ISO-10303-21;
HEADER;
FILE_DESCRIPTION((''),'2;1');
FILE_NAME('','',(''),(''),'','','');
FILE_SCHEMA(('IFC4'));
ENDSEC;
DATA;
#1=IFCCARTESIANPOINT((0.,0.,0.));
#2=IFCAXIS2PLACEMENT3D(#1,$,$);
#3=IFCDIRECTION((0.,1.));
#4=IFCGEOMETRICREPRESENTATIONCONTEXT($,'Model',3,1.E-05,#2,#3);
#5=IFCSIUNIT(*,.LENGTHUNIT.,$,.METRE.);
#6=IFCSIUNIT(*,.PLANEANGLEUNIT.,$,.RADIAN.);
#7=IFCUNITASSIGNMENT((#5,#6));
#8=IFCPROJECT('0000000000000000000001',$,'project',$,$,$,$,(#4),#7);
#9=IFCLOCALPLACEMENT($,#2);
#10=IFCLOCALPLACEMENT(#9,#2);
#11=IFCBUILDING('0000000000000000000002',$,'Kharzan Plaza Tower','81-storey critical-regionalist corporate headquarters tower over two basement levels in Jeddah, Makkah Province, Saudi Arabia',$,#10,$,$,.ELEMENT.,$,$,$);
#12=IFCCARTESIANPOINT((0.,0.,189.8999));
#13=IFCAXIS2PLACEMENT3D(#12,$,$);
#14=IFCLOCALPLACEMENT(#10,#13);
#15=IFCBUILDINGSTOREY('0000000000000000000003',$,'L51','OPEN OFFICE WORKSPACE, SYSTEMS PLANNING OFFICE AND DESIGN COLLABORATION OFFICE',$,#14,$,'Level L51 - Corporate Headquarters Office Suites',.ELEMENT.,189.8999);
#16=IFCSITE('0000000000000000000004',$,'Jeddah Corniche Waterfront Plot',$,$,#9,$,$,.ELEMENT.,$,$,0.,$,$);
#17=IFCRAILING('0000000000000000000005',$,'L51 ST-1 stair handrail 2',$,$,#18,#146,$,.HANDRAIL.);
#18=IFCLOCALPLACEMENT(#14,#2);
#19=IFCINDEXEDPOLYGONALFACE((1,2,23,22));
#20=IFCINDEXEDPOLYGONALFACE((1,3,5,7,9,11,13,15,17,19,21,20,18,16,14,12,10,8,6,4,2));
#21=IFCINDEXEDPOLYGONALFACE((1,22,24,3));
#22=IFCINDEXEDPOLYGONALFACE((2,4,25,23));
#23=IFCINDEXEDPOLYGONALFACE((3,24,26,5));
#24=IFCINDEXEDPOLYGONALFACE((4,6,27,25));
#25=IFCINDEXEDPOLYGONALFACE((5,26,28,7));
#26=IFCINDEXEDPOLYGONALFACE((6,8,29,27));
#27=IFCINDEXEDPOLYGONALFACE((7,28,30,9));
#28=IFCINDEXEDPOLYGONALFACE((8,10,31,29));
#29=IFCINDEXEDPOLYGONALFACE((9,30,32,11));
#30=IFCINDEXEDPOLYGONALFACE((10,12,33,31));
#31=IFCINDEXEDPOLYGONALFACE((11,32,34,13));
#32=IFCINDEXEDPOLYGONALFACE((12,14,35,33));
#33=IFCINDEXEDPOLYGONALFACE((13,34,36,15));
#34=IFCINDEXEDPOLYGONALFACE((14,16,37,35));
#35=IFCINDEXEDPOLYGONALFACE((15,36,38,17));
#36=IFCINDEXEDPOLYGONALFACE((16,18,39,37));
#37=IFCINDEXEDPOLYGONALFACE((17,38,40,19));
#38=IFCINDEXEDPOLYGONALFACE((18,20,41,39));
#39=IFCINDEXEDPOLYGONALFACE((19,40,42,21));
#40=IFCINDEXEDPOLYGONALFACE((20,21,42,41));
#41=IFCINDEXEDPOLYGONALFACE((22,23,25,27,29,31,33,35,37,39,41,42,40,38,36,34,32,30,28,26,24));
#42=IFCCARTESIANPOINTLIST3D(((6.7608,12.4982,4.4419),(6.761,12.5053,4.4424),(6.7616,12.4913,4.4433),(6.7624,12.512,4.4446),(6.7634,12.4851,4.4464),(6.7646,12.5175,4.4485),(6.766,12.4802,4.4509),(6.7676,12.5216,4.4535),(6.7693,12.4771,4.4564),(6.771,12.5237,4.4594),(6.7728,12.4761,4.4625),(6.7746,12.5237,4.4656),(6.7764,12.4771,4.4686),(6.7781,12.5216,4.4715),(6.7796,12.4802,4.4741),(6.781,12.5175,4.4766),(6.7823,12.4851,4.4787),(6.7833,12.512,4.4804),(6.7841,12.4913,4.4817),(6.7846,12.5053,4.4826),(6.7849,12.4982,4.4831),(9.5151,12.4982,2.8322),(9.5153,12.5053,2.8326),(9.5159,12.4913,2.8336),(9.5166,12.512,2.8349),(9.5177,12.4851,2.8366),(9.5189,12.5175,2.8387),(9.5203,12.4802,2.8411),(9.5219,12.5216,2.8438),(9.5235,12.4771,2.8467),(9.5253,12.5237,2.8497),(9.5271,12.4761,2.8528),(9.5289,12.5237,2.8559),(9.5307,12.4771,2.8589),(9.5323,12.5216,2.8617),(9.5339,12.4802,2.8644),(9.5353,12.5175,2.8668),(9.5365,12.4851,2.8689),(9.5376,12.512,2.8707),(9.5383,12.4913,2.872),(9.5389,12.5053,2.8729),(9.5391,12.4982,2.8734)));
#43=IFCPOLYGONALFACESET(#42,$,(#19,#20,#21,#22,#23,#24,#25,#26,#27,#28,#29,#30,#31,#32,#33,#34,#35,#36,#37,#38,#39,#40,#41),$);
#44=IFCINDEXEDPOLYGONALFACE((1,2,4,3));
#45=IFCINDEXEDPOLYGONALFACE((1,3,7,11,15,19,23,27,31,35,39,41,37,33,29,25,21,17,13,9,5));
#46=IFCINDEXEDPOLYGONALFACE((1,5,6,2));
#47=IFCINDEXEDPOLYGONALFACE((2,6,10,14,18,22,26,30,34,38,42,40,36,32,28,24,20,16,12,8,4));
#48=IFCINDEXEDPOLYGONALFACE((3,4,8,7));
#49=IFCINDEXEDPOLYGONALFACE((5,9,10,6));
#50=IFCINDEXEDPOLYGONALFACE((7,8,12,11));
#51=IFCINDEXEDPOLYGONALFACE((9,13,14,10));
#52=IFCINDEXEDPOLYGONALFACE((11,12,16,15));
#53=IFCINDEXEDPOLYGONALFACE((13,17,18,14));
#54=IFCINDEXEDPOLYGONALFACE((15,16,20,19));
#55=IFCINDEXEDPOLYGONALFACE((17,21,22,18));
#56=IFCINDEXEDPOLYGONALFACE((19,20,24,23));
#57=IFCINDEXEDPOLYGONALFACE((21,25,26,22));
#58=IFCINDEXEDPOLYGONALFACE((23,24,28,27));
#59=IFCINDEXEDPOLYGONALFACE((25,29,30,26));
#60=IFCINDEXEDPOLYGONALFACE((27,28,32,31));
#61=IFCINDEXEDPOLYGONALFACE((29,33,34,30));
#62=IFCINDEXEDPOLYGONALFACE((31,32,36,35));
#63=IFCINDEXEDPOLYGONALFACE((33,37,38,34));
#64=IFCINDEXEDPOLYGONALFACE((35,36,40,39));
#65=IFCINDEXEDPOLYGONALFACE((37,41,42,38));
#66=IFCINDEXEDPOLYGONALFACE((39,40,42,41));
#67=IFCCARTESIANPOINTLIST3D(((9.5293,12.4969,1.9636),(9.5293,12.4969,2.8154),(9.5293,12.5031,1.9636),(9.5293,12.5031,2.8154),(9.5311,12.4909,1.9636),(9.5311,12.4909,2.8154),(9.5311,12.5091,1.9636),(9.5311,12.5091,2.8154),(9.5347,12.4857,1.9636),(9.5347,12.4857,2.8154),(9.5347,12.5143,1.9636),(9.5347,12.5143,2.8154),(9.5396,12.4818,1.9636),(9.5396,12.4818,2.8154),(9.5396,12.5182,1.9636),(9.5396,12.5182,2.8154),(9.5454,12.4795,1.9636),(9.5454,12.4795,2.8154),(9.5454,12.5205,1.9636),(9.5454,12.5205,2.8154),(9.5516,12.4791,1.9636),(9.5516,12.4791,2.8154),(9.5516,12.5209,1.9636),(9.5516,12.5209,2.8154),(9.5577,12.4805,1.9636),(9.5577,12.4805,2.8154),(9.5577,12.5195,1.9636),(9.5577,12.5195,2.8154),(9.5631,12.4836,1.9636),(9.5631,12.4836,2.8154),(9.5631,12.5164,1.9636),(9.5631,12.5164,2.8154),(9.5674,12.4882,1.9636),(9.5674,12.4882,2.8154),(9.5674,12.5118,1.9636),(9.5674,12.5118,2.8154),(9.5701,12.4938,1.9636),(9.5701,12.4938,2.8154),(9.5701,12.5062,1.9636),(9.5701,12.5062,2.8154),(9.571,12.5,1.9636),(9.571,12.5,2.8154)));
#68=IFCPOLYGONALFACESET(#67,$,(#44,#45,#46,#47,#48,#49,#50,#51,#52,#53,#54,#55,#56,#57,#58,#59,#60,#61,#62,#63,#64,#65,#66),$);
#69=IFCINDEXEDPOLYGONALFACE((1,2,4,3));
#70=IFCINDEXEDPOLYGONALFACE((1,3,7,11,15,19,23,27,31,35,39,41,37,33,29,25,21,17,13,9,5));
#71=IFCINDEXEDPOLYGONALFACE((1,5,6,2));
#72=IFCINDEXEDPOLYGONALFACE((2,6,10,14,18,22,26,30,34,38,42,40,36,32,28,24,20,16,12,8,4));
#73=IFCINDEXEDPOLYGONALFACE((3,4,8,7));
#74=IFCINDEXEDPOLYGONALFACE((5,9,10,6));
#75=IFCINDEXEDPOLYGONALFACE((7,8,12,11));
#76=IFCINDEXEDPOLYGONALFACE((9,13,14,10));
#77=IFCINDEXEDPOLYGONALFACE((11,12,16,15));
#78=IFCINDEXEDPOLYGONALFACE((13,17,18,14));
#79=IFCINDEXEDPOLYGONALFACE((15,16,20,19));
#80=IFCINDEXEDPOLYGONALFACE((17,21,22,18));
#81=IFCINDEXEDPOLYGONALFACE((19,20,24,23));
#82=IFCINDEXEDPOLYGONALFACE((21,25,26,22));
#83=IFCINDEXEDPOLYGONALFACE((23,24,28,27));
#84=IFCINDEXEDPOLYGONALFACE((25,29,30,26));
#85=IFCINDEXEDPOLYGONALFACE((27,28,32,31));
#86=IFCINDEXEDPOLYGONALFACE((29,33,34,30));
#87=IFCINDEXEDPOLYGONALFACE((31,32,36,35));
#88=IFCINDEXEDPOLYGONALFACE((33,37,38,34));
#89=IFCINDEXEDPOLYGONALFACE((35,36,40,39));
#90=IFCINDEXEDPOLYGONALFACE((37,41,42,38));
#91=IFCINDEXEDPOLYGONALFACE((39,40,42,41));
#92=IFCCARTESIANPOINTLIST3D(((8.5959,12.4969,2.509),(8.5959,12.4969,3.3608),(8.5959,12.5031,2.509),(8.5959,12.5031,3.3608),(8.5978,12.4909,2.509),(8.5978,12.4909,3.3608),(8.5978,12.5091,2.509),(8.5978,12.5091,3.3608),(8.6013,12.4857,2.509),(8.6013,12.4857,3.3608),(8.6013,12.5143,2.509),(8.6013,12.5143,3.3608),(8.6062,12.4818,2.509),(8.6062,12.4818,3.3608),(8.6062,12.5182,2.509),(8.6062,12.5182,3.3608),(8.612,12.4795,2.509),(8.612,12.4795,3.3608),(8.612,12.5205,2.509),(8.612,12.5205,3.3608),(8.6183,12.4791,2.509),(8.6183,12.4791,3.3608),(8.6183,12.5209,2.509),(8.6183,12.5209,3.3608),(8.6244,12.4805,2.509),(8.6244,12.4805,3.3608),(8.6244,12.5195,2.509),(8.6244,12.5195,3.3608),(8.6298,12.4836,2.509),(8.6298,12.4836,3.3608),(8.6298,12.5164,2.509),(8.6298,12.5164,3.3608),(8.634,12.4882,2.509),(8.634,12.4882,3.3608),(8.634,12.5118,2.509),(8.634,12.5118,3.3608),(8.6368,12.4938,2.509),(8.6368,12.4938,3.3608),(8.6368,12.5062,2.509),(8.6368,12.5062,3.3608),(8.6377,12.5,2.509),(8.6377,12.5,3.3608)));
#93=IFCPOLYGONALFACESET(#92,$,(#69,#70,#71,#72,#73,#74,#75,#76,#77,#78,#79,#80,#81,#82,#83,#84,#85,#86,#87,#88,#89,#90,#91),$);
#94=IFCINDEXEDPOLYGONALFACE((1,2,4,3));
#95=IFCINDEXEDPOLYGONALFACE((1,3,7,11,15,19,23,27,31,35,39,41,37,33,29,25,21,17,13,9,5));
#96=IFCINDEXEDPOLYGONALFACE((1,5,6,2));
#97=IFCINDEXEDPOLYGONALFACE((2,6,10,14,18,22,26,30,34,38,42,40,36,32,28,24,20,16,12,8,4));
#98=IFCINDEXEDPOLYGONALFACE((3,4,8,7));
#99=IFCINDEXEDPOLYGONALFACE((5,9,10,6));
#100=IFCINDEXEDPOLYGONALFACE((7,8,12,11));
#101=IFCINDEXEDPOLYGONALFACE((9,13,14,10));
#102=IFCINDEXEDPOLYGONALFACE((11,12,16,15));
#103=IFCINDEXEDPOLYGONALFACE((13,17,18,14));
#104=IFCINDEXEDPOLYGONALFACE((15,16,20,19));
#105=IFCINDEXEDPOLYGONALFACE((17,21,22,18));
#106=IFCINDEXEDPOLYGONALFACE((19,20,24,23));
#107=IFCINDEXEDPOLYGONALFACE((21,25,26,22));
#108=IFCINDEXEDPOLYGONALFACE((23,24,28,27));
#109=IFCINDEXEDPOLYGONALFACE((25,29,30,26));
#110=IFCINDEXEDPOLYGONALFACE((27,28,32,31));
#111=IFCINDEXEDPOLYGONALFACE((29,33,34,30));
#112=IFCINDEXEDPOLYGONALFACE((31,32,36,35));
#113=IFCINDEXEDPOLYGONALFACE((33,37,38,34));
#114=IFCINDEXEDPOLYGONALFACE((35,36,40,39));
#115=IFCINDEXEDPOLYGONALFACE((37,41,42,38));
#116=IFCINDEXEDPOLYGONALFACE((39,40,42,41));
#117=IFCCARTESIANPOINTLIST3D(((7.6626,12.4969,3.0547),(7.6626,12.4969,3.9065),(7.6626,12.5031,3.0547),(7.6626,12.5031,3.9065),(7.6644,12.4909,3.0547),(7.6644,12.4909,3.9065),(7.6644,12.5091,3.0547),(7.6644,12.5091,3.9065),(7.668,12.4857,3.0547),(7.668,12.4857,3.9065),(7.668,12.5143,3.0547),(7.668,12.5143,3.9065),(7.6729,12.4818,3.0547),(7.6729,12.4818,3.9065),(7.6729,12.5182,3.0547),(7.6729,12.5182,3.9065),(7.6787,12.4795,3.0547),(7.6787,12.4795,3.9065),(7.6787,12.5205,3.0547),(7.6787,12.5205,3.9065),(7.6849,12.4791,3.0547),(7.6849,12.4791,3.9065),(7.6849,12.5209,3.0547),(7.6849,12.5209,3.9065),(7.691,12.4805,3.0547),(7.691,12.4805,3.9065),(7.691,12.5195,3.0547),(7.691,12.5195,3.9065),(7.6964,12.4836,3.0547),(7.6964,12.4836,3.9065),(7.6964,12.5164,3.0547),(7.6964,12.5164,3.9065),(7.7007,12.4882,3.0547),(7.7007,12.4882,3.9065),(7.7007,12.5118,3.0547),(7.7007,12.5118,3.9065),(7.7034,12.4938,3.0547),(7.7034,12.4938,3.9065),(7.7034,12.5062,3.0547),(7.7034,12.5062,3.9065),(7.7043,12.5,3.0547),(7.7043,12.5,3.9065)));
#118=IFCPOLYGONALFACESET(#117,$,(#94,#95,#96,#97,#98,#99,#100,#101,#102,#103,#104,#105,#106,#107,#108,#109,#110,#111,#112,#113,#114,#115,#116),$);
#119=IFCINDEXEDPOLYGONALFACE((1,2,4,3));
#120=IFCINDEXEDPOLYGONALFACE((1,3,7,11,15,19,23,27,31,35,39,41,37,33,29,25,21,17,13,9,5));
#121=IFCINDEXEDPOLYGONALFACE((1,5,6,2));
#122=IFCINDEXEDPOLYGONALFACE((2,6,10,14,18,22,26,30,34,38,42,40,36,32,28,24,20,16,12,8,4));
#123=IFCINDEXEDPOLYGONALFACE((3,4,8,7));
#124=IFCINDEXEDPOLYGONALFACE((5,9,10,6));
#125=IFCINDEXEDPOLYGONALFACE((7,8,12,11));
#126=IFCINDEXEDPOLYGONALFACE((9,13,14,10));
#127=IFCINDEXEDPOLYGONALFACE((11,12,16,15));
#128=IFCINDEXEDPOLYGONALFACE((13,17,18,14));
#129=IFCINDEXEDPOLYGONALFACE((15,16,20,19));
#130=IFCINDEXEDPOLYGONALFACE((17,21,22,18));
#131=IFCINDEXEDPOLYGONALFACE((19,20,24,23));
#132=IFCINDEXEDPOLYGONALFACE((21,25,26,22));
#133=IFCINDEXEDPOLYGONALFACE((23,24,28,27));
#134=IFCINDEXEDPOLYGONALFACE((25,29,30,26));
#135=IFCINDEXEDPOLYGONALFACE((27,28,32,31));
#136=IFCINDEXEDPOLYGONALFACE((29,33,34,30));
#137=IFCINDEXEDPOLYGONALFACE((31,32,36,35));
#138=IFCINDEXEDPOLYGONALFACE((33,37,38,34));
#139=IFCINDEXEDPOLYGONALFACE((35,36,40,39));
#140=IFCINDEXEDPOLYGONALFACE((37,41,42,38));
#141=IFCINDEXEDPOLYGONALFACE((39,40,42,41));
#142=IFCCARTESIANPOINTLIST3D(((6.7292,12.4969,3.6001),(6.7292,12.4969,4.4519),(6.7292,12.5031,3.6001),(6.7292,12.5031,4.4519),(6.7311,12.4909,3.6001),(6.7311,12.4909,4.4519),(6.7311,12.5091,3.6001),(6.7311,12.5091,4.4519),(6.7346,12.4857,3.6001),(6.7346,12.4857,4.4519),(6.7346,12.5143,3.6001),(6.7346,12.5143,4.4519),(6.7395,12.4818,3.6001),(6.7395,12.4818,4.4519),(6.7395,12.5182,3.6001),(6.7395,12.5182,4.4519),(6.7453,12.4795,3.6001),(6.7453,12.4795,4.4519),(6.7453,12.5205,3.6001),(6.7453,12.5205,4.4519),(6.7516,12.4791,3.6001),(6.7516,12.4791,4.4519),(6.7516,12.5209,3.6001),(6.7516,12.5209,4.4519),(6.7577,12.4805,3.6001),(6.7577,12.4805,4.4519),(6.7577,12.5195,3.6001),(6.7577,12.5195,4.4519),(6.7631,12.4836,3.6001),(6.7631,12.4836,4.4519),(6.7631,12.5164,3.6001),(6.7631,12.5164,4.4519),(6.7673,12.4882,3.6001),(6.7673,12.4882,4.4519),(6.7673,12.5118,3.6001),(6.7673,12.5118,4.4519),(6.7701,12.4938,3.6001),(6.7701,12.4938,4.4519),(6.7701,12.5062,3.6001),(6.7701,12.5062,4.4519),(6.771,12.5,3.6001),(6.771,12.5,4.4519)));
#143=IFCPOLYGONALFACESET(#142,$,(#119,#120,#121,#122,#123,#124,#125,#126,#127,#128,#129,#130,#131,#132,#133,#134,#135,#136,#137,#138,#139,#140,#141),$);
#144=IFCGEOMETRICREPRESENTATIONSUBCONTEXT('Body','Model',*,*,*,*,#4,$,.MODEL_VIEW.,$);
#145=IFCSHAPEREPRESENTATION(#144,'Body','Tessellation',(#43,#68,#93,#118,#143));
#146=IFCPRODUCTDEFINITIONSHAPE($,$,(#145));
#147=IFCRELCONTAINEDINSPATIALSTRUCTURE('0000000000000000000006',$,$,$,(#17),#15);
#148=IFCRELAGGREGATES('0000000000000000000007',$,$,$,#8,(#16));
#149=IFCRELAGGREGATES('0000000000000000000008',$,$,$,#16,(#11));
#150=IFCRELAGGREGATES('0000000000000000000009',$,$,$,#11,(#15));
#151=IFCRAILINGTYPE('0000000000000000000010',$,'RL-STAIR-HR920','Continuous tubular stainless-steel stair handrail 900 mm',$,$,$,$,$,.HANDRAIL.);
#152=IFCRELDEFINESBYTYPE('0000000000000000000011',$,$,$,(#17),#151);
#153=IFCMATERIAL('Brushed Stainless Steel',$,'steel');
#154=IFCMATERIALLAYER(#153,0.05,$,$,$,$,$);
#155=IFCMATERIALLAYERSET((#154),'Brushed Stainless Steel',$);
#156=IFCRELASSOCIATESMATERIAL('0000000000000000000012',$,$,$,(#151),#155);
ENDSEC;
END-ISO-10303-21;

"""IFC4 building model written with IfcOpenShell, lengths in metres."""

from ifc_helpers import new_model, si_unit, direction, frame, origin, origin_2d, place, context, subcontext, project, spatial, circle, extrude, source, transform, mapped, material, layer, layer_set, type_object, element, save


model = new_model("IFC4")

# Units and contexts
model_context = context("Model", 3, precision=1e-05, world=origin(), true_north=direction((0.0, 1.0)))
body_context = subcontext(model_context, "Body", "Model", "MODEL_VIEW")
ifc_project = project(units=[si_unit("LENGTHUNIT", "METRE"), si_unit("PLANEANGLEUNIT", "RADIAN")], contexts=[model_context])

# Site, building, storey
site_placement = place(None, origin())
site = spatial("IfcSite", under=ifc_project, at=site_placement, Name="Jeddah Corniche Waterfront Plot", CompositionType="ELEMENT", RefElevation=0.0)
building_placement = place(site_placement, origin())
building = spatial("IfcBuilding", under=site, at=building_placement, Name="Kharzan Plaza Tower", Description="81-storey critical-regionalist corporate headquarters tower over two basement levels in Jeddah, Makkah Province, Saudi Arabia", CompositionType="ELEMENT")
storey_placement = place(building_placement, frame((0.0, 0.0, 189.8999)))
storey = spatial("IfcBuildingStorey", under=building, at=storey_placement, Name="L51", Description="OPEN OFFICE WORKSPACE, SYSTEMS PLANNING OFFICE AND DESIGN COLLABORATION OFFICE", LongName="Level L51 - Corporate Headquarters Office Suites", CompositionType="ELEMENT", Elevation=189.8999)

# Shared definitions
ifc_material_1 = material(Name="Brushed Stainless Steel", Category="steel")

# Railing
ifc_layer_1 = layer(ifc_material_1, 0.05)
ifc_layer_set_1 = layer_set([ifc_layer_1], Name="Brushed Stainless Steel")
railing_type_1 = type_object("IfcRailingType", Name="RL-STAIR-HR920", Description="Continuous tubular stainless-steel stair handrail 900 mm", PredefinedType="HANDRAIL", material=ifc_layer_set_1)
shared_shape_1 = source(origin(), body_context, "Body", "SweptSolid", [
    extrude(circle(Radius=0.0239, at=origin_2d()), frame((-0.0229, 0.0, 0.8892), z_axis=(-0.863361, 0.0, 0.504587), x_axis=(0.0, -1.0, 0.0)), (0.0, 0.0, 1.0), 3.1902),
    extrude(circle(Radius=0.021, at=origin_2d()), origin(), (0.0, 0.0, 1.0), 0.8518),
    extrude(circle(Radius=0.021, at=origin_2d()), frame((-0.9333, 0.0, 0.5454)), (0.0, 0.0, 1.0), 0.8518),
    extrude(circle(Radius=0.021, at=origin_2d()), frame((-1.8667, 0.0, 1.0911)), (0.0, 0.0, 1.0), 0.8518),
    extrude(circle(Radius=0.021, at=origin_2d()), frame((-2.8, 0.0, 1.6365)), (0.0, 0.0, 1.0), 0.8518),
])
railing_1_placement = place(storey_placement, frame((9.55, 12.5, 1.9636)))
element("IfcRailing", 1, at=railing_1_placement, inside=storey, type_object=railing_type_1, Name="L51 ST-1 stair handrail 2", PredefinedType="HANDRAIL", context=body_context, shape_type="MappedRepresentation", body=[
    mapped(shared_shape_1, transform((0.0, 0.0, 0.0), x_axis=(1.0, 0.0, 0.0), y_axis=(0.0, 1.0, 0.0), z_axis=(0.0, 0.0, 1.0))),
])

save(model, "model.ifc")
